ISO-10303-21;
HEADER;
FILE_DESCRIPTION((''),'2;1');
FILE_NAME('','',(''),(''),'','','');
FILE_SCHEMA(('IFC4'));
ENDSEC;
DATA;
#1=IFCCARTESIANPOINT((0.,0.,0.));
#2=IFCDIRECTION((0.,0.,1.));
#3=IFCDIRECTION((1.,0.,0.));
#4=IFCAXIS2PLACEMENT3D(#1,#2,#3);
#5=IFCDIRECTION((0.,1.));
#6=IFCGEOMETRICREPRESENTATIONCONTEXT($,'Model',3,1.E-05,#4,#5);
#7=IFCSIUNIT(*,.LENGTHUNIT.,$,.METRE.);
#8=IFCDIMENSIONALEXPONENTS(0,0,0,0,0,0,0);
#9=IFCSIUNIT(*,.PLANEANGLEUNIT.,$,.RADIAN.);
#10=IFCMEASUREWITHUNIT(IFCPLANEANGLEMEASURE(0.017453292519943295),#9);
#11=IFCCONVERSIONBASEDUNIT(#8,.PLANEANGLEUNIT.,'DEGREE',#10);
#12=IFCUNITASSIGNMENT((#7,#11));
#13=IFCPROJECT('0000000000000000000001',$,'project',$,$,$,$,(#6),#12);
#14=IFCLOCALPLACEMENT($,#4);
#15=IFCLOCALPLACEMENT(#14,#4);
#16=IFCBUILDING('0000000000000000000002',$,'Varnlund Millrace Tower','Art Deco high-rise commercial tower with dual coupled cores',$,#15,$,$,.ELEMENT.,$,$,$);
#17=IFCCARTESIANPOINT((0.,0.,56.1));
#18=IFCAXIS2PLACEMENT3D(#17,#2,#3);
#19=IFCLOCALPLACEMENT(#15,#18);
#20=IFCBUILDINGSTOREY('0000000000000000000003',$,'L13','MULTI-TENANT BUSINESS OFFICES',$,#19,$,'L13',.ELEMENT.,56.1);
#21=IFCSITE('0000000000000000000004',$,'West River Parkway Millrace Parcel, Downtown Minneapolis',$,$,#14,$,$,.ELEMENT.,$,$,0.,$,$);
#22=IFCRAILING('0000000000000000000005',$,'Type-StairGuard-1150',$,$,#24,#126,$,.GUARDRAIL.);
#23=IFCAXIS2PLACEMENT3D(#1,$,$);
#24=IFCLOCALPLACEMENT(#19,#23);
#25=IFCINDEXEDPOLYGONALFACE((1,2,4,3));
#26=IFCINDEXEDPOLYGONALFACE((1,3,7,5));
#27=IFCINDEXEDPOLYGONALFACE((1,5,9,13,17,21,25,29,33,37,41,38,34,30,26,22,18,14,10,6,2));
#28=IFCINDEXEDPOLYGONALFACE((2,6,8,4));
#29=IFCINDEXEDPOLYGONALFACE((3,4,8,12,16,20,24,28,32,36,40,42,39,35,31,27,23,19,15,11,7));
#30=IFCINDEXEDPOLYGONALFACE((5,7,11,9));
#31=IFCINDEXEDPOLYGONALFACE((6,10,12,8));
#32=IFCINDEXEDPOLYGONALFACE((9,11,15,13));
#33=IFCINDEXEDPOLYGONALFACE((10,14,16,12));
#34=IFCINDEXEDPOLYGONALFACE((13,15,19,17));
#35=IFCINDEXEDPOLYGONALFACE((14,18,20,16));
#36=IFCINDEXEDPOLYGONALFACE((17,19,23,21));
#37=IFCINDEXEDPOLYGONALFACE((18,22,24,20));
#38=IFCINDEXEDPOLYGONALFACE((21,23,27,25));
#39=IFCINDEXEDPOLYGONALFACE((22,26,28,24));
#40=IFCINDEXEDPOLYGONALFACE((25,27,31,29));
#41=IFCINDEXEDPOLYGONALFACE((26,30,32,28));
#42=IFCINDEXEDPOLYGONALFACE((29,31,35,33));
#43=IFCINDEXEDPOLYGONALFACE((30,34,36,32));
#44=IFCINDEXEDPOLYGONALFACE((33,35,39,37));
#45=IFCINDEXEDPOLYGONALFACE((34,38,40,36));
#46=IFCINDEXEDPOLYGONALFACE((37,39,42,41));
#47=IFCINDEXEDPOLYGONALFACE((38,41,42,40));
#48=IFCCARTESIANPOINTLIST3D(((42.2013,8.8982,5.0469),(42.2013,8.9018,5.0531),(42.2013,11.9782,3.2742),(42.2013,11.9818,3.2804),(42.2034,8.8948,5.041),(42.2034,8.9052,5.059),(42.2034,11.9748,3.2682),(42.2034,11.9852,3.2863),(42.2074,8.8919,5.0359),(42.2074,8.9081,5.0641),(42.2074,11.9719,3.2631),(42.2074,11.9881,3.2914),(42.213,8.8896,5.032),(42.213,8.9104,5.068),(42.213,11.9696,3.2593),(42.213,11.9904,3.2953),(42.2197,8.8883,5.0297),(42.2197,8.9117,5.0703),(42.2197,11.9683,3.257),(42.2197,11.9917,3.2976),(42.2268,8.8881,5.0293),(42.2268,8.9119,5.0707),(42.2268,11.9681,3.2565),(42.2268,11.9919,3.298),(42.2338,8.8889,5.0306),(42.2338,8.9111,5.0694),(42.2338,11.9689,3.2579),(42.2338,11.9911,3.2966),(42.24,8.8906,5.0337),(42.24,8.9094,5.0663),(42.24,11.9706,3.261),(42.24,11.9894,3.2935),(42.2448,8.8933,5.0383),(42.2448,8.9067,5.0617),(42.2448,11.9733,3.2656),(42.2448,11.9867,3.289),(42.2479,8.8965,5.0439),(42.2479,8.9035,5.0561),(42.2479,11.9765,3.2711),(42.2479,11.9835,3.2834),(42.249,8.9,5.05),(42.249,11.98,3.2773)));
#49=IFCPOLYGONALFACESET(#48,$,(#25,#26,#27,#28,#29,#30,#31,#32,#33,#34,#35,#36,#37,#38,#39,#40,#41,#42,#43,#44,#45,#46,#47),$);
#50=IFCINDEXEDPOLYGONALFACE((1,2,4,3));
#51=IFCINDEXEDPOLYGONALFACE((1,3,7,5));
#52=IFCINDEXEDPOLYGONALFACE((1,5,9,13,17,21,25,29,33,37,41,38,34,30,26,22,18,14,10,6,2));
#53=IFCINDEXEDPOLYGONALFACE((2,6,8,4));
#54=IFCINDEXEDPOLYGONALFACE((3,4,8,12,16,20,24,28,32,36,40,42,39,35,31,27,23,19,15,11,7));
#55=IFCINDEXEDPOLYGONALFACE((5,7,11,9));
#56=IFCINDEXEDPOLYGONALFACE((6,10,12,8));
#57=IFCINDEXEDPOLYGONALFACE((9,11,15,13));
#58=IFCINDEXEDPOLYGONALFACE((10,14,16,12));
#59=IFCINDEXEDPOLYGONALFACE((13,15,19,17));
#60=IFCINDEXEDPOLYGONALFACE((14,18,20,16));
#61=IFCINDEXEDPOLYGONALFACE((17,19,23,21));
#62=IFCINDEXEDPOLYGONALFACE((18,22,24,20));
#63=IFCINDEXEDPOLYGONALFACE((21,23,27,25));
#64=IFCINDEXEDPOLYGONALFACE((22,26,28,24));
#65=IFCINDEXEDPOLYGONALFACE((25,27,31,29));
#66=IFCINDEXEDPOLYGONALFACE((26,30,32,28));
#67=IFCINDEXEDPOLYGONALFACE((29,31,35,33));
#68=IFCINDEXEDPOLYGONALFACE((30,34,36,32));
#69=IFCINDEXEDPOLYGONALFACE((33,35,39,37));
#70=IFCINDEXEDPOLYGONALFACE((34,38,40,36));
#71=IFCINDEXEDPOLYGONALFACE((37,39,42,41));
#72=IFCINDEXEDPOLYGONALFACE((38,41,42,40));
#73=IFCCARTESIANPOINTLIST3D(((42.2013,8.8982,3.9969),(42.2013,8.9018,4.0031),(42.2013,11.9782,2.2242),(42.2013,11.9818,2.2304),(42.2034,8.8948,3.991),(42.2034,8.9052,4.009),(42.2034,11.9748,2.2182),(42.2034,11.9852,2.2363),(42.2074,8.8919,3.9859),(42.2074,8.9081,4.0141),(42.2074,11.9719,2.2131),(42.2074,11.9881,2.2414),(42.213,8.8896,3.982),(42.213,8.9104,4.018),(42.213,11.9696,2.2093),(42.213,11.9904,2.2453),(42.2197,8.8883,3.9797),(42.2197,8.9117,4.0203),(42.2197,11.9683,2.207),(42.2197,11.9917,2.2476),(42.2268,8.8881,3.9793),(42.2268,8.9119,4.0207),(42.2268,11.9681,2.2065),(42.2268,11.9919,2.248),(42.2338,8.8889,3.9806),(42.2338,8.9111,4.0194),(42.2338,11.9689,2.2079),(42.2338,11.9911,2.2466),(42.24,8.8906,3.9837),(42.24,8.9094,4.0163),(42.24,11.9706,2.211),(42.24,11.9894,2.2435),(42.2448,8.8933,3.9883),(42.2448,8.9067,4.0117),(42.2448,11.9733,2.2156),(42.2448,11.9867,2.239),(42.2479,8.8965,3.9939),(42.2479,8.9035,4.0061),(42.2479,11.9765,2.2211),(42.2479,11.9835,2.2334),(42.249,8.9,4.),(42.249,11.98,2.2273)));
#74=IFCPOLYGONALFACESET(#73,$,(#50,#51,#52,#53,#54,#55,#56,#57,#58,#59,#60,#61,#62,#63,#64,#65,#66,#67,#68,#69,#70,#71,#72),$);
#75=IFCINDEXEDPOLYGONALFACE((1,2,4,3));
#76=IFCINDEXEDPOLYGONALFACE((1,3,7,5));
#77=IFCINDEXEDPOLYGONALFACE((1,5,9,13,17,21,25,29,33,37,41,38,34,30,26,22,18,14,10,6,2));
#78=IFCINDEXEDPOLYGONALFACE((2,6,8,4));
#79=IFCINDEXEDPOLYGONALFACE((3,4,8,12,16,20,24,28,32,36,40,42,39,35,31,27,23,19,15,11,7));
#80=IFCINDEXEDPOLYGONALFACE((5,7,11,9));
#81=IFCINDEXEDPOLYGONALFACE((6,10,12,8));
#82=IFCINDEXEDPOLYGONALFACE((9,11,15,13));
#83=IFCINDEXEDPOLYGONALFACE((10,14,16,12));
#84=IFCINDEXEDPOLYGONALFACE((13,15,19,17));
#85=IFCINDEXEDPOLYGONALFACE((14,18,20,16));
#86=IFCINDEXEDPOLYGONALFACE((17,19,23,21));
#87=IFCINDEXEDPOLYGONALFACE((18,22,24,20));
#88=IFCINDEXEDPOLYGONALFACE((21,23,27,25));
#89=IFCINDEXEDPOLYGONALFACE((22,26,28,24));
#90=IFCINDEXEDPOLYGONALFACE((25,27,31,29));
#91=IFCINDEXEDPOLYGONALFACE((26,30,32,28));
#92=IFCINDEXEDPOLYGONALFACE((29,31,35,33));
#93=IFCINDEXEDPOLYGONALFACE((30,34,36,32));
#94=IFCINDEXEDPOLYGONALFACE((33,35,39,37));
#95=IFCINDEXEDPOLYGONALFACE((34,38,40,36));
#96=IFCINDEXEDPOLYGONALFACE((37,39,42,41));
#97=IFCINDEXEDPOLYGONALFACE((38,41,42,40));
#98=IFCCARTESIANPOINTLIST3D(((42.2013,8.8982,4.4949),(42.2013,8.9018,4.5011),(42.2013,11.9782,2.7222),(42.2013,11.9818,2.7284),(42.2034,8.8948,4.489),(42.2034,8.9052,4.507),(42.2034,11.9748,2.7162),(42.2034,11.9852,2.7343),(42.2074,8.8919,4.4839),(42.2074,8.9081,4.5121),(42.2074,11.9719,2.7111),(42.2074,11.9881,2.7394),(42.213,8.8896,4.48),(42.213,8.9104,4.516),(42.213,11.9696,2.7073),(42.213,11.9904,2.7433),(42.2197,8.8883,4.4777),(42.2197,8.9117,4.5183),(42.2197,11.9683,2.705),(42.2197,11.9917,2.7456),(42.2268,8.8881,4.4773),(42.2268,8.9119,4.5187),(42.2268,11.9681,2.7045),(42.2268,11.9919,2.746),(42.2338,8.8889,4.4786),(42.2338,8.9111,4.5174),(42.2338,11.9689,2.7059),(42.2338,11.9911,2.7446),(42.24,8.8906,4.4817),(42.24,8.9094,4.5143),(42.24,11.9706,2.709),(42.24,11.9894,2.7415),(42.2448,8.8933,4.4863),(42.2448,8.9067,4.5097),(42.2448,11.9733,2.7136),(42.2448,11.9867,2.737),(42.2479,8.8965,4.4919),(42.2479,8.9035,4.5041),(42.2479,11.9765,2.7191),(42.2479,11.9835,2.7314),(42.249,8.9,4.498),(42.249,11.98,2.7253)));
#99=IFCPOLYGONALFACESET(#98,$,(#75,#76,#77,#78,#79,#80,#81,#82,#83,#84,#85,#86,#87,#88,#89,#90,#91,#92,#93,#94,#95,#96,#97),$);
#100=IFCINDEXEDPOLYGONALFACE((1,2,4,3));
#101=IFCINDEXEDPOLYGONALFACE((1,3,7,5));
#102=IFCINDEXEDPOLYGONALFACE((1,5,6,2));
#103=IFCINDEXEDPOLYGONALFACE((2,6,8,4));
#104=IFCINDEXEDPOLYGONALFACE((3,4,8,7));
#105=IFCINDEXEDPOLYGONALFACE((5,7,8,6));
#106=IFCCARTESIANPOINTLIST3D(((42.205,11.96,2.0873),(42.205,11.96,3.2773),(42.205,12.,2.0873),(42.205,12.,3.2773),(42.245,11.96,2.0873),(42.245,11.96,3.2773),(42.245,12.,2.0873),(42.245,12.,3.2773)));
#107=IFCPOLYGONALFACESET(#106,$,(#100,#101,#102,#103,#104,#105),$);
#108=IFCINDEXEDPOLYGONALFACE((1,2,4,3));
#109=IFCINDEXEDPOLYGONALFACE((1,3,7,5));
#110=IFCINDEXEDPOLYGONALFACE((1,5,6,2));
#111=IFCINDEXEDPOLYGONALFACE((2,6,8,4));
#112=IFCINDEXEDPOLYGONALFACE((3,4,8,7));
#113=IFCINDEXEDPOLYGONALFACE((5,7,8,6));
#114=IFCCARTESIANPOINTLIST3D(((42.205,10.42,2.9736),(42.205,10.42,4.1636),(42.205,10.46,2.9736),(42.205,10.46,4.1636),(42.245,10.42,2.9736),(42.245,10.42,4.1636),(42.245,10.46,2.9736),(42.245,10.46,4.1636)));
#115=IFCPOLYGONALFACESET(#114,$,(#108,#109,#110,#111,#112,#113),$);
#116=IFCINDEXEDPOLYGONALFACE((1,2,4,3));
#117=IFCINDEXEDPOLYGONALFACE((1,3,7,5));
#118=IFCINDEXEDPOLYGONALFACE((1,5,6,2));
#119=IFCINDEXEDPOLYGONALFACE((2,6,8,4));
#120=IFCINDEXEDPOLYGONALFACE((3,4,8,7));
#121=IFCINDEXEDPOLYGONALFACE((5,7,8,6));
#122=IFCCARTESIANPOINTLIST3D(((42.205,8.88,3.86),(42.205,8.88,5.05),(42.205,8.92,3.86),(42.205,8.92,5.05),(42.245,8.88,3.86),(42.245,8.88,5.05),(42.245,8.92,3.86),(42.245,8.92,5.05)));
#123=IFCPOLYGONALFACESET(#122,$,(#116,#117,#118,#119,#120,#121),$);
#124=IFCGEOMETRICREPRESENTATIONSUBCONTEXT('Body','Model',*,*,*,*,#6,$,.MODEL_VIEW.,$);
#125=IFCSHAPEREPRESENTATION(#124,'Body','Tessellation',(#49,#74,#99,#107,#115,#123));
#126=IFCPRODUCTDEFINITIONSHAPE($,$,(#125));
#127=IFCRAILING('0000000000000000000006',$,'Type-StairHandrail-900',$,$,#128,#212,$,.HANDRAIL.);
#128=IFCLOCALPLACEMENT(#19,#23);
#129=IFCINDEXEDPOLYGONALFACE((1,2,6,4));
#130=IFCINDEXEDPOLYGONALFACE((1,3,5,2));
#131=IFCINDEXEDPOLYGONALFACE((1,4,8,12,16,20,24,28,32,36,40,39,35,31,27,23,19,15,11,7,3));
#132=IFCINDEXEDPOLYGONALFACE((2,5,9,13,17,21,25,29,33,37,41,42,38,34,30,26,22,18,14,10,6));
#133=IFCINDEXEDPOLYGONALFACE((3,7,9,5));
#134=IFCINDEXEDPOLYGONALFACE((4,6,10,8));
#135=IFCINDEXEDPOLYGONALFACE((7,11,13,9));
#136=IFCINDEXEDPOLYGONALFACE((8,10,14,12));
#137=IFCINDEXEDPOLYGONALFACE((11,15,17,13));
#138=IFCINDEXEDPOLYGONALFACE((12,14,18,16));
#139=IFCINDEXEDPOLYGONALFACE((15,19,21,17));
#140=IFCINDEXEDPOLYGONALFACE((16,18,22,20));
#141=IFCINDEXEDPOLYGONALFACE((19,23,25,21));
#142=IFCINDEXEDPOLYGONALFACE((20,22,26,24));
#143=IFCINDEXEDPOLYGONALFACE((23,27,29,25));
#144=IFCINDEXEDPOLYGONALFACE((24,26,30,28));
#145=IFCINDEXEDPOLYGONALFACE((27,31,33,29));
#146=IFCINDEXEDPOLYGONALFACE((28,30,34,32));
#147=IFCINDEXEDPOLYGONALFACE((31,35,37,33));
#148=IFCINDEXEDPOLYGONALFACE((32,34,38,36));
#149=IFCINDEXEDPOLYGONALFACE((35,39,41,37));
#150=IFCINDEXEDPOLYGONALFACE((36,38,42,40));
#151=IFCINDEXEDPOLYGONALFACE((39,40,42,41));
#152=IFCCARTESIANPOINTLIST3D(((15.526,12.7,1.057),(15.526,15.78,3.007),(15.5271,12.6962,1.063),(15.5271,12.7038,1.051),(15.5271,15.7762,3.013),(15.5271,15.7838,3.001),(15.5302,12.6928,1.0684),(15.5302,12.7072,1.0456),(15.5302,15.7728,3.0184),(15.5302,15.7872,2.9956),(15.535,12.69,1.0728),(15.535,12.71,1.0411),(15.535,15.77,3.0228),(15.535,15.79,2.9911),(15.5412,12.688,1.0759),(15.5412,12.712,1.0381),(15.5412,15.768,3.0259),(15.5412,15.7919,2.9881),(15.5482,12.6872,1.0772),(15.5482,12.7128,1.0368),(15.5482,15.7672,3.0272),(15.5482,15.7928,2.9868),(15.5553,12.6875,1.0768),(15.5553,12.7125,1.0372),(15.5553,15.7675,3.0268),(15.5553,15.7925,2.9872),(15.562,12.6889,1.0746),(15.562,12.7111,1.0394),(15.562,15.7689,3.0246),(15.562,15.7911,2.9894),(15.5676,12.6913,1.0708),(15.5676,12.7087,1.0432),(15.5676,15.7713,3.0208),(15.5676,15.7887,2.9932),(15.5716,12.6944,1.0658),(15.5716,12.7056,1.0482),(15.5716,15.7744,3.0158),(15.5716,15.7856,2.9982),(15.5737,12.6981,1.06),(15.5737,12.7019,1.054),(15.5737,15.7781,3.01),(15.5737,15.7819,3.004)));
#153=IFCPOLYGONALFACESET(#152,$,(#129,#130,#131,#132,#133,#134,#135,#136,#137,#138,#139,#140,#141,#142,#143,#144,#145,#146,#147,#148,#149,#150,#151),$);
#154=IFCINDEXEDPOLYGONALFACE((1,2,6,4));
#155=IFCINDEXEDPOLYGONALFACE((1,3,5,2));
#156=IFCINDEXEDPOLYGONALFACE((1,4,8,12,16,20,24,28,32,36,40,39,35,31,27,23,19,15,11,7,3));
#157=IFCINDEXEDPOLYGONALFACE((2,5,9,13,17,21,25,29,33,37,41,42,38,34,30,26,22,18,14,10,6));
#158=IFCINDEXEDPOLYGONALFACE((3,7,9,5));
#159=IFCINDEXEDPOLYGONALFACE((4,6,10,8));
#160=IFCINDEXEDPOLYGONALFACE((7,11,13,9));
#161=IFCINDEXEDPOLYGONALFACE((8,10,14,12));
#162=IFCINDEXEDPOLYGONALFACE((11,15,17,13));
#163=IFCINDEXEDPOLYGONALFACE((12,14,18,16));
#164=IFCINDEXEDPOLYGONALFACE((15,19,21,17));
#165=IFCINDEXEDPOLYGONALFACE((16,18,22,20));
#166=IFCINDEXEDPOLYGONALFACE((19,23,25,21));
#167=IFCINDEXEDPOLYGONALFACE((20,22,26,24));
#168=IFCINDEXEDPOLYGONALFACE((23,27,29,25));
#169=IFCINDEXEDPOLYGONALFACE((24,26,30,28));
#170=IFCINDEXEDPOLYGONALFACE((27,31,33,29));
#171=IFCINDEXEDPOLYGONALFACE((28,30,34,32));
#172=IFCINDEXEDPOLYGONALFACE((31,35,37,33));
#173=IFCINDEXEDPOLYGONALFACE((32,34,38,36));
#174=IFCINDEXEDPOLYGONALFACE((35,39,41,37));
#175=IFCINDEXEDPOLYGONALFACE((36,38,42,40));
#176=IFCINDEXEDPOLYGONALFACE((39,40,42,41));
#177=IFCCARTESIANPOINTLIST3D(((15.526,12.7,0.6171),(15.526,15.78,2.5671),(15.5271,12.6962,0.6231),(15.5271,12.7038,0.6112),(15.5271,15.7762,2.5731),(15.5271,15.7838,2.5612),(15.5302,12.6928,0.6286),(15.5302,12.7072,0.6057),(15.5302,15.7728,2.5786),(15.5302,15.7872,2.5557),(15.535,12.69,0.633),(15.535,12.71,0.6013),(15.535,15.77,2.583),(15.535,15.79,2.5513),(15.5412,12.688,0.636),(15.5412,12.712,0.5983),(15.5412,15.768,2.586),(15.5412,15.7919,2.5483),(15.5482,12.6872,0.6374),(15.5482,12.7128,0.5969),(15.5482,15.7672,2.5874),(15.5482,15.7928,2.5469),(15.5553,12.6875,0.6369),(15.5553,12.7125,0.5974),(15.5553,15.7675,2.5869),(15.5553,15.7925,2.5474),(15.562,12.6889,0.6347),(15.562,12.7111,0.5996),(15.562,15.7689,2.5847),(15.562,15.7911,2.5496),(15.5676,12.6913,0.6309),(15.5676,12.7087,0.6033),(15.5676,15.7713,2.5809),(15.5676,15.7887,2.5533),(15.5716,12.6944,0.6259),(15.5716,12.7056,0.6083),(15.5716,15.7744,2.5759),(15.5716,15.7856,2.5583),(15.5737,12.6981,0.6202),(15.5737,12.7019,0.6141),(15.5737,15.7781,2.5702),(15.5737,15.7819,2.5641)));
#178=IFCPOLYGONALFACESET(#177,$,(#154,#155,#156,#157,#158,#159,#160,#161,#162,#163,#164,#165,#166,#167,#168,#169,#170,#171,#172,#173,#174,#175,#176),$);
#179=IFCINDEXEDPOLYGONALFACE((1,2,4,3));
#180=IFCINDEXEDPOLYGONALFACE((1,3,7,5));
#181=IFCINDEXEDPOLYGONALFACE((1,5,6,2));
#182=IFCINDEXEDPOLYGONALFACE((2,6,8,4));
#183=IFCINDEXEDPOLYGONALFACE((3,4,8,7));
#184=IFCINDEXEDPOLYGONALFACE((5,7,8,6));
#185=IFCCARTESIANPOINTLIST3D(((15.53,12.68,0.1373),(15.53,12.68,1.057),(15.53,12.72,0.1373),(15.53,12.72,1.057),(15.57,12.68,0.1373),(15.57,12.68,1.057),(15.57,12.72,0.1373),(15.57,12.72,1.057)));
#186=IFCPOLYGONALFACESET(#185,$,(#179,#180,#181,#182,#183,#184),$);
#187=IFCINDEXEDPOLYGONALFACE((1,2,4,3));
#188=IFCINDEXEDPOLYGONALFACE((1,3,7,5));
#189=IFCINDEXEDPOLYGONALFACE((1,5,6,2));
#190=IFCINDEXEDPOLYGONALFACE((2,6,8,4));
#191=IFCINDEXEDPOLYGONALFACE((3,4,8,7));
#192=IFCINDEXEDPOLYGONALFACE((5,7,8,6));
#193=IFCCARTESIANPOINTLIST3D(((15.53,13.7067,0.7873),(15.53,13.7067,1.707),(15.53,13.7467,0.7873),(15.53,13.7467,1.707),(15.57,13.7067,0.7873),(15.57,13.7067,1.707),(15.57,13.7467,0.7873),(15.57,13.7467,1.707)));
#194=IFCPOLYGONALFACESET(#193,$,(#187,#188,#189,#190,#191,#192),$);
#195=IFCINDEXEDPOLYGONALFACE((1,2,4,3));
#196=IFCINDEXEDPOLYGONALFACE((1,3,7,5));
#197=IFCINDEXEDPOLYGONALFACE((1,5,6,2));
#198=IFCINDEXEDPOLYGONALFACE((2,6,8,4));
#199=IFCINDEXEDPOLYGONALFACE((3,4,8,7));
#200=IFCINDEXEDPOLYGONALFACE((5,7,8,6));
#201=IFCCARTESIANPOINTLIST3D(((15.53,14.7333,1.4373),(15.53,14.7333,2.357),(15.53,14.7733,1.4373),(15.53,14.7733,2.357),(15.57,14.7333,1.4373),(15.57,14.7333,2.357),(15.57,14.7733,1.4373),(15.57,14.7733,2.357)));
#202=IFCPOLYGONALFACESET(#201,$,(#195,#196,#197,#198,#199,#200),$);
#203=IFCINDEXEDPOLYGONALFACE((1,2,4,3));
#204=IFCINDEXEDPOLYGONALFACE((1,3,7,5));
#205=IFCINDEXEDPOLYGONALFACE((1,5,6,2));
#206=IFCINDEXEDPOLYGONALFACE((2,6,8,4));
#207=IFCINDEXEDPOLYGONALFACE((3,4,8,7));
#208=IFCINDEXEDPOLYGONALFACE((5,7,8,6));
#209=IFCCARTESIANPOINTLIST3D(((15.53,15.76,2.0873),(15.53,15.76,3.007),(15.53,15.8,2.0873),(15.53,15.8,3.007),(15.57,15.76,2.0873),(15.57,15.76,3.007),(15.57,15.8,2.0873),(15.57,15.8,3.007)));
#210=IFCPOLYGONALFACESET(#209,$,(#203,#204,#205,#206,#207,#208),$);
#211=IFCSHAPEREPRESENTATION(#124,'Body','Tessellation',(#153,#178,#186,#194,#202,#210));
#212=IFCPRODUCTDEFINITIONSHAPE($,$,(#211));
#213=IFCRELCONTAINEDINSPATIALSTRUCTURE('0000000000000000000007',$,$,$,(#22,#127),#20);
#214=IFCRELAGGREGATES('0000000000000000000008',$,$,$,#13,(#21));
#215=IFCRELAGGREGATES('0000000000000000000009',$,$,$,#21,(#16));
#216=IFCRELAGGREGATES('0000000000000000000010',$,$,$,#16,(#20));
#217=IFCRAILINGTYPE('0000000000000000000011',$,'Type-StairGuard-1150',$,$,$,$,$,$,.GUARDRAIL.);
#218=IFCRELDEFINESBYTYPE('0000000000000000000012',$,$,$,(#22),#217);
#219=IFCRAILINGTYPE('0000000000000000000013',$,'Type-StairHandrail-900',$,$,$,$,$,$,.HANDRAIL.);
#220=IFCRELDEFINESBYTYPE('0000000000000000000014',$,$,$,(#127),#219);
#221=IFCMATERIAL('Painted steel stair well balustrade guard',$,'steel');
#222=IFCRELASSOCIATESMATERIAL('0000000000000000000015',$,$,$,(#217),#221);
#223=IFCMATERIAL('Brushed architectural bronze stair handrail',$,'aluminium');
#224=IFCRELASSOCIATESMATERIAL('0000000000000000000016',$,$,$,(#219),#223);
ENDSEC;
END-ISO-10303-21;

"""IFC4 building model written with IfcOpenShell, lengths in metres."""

from ifc_helpers import new_model, entity, si_unit, converted_unit, direction, frame, origin_with_axes, origin_2d_with_axis, place, context, subcontext, project, spatial, rectangle, circle, extrude, material, type_object, element, save


model = new_model("IFC4")

# Units and contexts
model_context = context("Model", 3, precision=1e-05, world=origin_with_axes(), true_north=direction((0.0, 1.0)))
body_context = subcontext(model_context, "Body", "Model", "MODEL_VIEW")
ifc_project = project(units=[si_unit("LENGTHUNIT", "METRE"), converted_unit("PLANEANGLEUNIT", "DEGREE", entity("IfcPlaneAngleMeasure", 0.017453292519943295), si_unit("PLANEANGLEUNIT", "RADIAN"), dimensions=[0, 0, 0, 0, 0, 0, 0])], contexts=[model_context])

# Site, building, storey
site_placement = place(None, origin_with_axes())
site = spatial("IfcSite", under=ifc_project, at=site_placement, Name="West River Parkway Millrace Parcel, Downtown Minneapolis", CompositionType="ELEMENT", RefElevation=0.0)
building_placement = place(site_placement, origin_with_axes())
building = spatial("IfcBuilding", under=site, at=building_placement, Name="Varnlund Millrace Tower", Description="Art Deco high-rise commercial tower with dual coupled cores", CompositionType="ELEMENT")
storey_placement = place(building_placement, frame((0.0, 0.0, 56.1), z_axis=(0.0, 0.0, 1.0), x_axis=(1.0, 0.0, 0.0)))
storey = spatial("IfcBuildingStorey", under=building, at=storey_placement, Name="L13", Description="MULTI-TENANT BUSINESS OFFICES", LongName="L13", CompositionType="ELEMENT", Elevation=56.1)

# Railings
ifc_material_1 = material(Name="Painted steel stair well balustrade guard", Category="steel")
railing_type_1 = type_object("IfcRailingType", Name="Type-StairGuard-1150", PredefinedType="GUARDRAIL", material=ifc_material_1)
railing_1_placement = place(storey_placement, frame((0.0, 0.0, -56.1), z_axis=(0.0, 0.0, 1.0), x_axis=(1.0, 0.0, 0.0)))
element("IfcRailing", 1, at=railing_1_placement, inside=storey, type_object=railing_type_1, Name="Type-StairGuard-1150", PredefinedType="GUARDRAIL", context=body_context, shape_type="SweptSolid", body=[
    extrude(circle(Radius=0.024, at=origin_2d_with_axis()), frame((42.225, 11.98, 59.3773), z_axis=(0.0, -0.866696, 0.498836), x_axis=(1.0, 0.0, 0.0)), (0.0, 0.0, 1.0), 3.5537),
    extrude(circle(Radius=0.024, at=origin_2d_with_axis()), frame((42.225, 11.98, 58.3273), z_axis=(0.0, -0.866696, 0.498836), x_axis=(1.0, 0.0, 0.0)), (0.0, 0.0, 1.0), 3.5537),
    extrude(circle(Radius=0.024, at=origin_2d_with_axis()), frame((42.225, 11.98, 58.8253), z_axis=(0.0, -0.866696, 0.498836), x_axis=(1.0, 0.0, 0.0)), (0.0, 0.0, 1.0), 3.5537),
    extrude(rectangle(XDim=0.04, YDim=0.04, at=origin_2d_with_axis()), frame((42.225, 11.98, 58.1873), z_axis=(0.0, 0.0, 1.0), x_axis=(1.0, 0.0, 0.0)), (0.0, 0.0, 1.0), 1.19),
    extrude(rectangle(XDim=0.04, YDim=0.04, at=origin_2d_with_axis()), frame((42.225, 10.44, 59.0736), z_axis=(0.0, 0.0, 1.0), x_axis=(1.0, 0.0, 0.0)), (0.0, 0.0, 1.0), 1.19),
    extrude(rectangle(XDim=0.04, YDim=0.04, at=origin_2d_with_axis()), frame((42.225, 8.9, 59.96), z_axis=(0.0, 0.0, 1.0), x_axis=(1.0, 0.0, 0.0)), (0.0, 0.0, 1.0), 1.19),
])
ifc_material_2 = material(Name="Brushed architectural bronze stair handrail", Category="aluminium")
railing_type_2 = type_object("IfcRailingType", Name="Type-StairHandrail-900", PredefinedType="HANDRAIL", material=ifc_material_2)
railing_2_placement = place(storey_placement, frame((0.0, 0.0, -56.1), z_axis=(0.0, 0.0, 1.0), x_axis=(1.0, 0.0, 0.0)))
element("IfcRailing", 2, at=railing_2_placement, inside=storey, type_object=railing_type_2, Name="Type-StairHandrail-900", PredefinedType="HANDRAIL", context=body_context, shape_type="SweptSolid", body=[
    extrude(circle(Radius=0.024, at=origin_2d_with_axis()), frame((15.55, 12.7, 57.157), z_axis=(0.0, 0.844902, 0.534922), x_axis=(-1.0, 0.0, 0.0)), (0.0, 0.0, 1.0), 3.6454),
    extrude(circle(Radius=0.024, at=origin_2d_with_axis()), frame((15.55, 12.7, 56.7171), z_axis=(0.0, 0.844902, 0.534922), x_axis=(-1.0, 0.0, 0.0)), (0.0, 0.0, 1.0), 3.6454),
    extrude(rectangle(XDim=0.04, YDim=0.04, at=origin_2d_with_axis()), frame((15.55, 12.7, 56.2373), z_axis=(0.0, 0.0, 1.0), x_axis=(1.0, 0.0, 0.0)), (0.0, 0.0, 1.0), 0.9197),
    extrude(rectangle(XDim=0.04, YDim=0.04, at=origin_2d_with_axis()), frame((15.55, 13.7267, 56.8873), z_axis=(0.0, 0.0, 1.0), x_axis=(1.0, 0.0, 0.0)), (0.0, 0.0, 1.0), 0.9197),
    extrude(rectangle(XDim=0.04, YDim=0.04, at=origin_2d_with_axis()), frame((15.55, 14.7533, 57.5373), z_axis=(0.0, 0.0, 1.0), x_axis=(1.0, 0.0, 0.0)), (0.0, 0.0, 1.0), 0.9197),
    extrude(rectangle(XDim=0.04, YDim=0.04, at=origin_2d_with_axis()), frame((15.55, 15.78, 58.1873), z_axis=(0.0, 0.0, 1.0), x_axis=(1.0, 0.0, 0.0)), (0.0, 0.0, 1.0), 0.9197),
])

save(model, "model.ifc")
